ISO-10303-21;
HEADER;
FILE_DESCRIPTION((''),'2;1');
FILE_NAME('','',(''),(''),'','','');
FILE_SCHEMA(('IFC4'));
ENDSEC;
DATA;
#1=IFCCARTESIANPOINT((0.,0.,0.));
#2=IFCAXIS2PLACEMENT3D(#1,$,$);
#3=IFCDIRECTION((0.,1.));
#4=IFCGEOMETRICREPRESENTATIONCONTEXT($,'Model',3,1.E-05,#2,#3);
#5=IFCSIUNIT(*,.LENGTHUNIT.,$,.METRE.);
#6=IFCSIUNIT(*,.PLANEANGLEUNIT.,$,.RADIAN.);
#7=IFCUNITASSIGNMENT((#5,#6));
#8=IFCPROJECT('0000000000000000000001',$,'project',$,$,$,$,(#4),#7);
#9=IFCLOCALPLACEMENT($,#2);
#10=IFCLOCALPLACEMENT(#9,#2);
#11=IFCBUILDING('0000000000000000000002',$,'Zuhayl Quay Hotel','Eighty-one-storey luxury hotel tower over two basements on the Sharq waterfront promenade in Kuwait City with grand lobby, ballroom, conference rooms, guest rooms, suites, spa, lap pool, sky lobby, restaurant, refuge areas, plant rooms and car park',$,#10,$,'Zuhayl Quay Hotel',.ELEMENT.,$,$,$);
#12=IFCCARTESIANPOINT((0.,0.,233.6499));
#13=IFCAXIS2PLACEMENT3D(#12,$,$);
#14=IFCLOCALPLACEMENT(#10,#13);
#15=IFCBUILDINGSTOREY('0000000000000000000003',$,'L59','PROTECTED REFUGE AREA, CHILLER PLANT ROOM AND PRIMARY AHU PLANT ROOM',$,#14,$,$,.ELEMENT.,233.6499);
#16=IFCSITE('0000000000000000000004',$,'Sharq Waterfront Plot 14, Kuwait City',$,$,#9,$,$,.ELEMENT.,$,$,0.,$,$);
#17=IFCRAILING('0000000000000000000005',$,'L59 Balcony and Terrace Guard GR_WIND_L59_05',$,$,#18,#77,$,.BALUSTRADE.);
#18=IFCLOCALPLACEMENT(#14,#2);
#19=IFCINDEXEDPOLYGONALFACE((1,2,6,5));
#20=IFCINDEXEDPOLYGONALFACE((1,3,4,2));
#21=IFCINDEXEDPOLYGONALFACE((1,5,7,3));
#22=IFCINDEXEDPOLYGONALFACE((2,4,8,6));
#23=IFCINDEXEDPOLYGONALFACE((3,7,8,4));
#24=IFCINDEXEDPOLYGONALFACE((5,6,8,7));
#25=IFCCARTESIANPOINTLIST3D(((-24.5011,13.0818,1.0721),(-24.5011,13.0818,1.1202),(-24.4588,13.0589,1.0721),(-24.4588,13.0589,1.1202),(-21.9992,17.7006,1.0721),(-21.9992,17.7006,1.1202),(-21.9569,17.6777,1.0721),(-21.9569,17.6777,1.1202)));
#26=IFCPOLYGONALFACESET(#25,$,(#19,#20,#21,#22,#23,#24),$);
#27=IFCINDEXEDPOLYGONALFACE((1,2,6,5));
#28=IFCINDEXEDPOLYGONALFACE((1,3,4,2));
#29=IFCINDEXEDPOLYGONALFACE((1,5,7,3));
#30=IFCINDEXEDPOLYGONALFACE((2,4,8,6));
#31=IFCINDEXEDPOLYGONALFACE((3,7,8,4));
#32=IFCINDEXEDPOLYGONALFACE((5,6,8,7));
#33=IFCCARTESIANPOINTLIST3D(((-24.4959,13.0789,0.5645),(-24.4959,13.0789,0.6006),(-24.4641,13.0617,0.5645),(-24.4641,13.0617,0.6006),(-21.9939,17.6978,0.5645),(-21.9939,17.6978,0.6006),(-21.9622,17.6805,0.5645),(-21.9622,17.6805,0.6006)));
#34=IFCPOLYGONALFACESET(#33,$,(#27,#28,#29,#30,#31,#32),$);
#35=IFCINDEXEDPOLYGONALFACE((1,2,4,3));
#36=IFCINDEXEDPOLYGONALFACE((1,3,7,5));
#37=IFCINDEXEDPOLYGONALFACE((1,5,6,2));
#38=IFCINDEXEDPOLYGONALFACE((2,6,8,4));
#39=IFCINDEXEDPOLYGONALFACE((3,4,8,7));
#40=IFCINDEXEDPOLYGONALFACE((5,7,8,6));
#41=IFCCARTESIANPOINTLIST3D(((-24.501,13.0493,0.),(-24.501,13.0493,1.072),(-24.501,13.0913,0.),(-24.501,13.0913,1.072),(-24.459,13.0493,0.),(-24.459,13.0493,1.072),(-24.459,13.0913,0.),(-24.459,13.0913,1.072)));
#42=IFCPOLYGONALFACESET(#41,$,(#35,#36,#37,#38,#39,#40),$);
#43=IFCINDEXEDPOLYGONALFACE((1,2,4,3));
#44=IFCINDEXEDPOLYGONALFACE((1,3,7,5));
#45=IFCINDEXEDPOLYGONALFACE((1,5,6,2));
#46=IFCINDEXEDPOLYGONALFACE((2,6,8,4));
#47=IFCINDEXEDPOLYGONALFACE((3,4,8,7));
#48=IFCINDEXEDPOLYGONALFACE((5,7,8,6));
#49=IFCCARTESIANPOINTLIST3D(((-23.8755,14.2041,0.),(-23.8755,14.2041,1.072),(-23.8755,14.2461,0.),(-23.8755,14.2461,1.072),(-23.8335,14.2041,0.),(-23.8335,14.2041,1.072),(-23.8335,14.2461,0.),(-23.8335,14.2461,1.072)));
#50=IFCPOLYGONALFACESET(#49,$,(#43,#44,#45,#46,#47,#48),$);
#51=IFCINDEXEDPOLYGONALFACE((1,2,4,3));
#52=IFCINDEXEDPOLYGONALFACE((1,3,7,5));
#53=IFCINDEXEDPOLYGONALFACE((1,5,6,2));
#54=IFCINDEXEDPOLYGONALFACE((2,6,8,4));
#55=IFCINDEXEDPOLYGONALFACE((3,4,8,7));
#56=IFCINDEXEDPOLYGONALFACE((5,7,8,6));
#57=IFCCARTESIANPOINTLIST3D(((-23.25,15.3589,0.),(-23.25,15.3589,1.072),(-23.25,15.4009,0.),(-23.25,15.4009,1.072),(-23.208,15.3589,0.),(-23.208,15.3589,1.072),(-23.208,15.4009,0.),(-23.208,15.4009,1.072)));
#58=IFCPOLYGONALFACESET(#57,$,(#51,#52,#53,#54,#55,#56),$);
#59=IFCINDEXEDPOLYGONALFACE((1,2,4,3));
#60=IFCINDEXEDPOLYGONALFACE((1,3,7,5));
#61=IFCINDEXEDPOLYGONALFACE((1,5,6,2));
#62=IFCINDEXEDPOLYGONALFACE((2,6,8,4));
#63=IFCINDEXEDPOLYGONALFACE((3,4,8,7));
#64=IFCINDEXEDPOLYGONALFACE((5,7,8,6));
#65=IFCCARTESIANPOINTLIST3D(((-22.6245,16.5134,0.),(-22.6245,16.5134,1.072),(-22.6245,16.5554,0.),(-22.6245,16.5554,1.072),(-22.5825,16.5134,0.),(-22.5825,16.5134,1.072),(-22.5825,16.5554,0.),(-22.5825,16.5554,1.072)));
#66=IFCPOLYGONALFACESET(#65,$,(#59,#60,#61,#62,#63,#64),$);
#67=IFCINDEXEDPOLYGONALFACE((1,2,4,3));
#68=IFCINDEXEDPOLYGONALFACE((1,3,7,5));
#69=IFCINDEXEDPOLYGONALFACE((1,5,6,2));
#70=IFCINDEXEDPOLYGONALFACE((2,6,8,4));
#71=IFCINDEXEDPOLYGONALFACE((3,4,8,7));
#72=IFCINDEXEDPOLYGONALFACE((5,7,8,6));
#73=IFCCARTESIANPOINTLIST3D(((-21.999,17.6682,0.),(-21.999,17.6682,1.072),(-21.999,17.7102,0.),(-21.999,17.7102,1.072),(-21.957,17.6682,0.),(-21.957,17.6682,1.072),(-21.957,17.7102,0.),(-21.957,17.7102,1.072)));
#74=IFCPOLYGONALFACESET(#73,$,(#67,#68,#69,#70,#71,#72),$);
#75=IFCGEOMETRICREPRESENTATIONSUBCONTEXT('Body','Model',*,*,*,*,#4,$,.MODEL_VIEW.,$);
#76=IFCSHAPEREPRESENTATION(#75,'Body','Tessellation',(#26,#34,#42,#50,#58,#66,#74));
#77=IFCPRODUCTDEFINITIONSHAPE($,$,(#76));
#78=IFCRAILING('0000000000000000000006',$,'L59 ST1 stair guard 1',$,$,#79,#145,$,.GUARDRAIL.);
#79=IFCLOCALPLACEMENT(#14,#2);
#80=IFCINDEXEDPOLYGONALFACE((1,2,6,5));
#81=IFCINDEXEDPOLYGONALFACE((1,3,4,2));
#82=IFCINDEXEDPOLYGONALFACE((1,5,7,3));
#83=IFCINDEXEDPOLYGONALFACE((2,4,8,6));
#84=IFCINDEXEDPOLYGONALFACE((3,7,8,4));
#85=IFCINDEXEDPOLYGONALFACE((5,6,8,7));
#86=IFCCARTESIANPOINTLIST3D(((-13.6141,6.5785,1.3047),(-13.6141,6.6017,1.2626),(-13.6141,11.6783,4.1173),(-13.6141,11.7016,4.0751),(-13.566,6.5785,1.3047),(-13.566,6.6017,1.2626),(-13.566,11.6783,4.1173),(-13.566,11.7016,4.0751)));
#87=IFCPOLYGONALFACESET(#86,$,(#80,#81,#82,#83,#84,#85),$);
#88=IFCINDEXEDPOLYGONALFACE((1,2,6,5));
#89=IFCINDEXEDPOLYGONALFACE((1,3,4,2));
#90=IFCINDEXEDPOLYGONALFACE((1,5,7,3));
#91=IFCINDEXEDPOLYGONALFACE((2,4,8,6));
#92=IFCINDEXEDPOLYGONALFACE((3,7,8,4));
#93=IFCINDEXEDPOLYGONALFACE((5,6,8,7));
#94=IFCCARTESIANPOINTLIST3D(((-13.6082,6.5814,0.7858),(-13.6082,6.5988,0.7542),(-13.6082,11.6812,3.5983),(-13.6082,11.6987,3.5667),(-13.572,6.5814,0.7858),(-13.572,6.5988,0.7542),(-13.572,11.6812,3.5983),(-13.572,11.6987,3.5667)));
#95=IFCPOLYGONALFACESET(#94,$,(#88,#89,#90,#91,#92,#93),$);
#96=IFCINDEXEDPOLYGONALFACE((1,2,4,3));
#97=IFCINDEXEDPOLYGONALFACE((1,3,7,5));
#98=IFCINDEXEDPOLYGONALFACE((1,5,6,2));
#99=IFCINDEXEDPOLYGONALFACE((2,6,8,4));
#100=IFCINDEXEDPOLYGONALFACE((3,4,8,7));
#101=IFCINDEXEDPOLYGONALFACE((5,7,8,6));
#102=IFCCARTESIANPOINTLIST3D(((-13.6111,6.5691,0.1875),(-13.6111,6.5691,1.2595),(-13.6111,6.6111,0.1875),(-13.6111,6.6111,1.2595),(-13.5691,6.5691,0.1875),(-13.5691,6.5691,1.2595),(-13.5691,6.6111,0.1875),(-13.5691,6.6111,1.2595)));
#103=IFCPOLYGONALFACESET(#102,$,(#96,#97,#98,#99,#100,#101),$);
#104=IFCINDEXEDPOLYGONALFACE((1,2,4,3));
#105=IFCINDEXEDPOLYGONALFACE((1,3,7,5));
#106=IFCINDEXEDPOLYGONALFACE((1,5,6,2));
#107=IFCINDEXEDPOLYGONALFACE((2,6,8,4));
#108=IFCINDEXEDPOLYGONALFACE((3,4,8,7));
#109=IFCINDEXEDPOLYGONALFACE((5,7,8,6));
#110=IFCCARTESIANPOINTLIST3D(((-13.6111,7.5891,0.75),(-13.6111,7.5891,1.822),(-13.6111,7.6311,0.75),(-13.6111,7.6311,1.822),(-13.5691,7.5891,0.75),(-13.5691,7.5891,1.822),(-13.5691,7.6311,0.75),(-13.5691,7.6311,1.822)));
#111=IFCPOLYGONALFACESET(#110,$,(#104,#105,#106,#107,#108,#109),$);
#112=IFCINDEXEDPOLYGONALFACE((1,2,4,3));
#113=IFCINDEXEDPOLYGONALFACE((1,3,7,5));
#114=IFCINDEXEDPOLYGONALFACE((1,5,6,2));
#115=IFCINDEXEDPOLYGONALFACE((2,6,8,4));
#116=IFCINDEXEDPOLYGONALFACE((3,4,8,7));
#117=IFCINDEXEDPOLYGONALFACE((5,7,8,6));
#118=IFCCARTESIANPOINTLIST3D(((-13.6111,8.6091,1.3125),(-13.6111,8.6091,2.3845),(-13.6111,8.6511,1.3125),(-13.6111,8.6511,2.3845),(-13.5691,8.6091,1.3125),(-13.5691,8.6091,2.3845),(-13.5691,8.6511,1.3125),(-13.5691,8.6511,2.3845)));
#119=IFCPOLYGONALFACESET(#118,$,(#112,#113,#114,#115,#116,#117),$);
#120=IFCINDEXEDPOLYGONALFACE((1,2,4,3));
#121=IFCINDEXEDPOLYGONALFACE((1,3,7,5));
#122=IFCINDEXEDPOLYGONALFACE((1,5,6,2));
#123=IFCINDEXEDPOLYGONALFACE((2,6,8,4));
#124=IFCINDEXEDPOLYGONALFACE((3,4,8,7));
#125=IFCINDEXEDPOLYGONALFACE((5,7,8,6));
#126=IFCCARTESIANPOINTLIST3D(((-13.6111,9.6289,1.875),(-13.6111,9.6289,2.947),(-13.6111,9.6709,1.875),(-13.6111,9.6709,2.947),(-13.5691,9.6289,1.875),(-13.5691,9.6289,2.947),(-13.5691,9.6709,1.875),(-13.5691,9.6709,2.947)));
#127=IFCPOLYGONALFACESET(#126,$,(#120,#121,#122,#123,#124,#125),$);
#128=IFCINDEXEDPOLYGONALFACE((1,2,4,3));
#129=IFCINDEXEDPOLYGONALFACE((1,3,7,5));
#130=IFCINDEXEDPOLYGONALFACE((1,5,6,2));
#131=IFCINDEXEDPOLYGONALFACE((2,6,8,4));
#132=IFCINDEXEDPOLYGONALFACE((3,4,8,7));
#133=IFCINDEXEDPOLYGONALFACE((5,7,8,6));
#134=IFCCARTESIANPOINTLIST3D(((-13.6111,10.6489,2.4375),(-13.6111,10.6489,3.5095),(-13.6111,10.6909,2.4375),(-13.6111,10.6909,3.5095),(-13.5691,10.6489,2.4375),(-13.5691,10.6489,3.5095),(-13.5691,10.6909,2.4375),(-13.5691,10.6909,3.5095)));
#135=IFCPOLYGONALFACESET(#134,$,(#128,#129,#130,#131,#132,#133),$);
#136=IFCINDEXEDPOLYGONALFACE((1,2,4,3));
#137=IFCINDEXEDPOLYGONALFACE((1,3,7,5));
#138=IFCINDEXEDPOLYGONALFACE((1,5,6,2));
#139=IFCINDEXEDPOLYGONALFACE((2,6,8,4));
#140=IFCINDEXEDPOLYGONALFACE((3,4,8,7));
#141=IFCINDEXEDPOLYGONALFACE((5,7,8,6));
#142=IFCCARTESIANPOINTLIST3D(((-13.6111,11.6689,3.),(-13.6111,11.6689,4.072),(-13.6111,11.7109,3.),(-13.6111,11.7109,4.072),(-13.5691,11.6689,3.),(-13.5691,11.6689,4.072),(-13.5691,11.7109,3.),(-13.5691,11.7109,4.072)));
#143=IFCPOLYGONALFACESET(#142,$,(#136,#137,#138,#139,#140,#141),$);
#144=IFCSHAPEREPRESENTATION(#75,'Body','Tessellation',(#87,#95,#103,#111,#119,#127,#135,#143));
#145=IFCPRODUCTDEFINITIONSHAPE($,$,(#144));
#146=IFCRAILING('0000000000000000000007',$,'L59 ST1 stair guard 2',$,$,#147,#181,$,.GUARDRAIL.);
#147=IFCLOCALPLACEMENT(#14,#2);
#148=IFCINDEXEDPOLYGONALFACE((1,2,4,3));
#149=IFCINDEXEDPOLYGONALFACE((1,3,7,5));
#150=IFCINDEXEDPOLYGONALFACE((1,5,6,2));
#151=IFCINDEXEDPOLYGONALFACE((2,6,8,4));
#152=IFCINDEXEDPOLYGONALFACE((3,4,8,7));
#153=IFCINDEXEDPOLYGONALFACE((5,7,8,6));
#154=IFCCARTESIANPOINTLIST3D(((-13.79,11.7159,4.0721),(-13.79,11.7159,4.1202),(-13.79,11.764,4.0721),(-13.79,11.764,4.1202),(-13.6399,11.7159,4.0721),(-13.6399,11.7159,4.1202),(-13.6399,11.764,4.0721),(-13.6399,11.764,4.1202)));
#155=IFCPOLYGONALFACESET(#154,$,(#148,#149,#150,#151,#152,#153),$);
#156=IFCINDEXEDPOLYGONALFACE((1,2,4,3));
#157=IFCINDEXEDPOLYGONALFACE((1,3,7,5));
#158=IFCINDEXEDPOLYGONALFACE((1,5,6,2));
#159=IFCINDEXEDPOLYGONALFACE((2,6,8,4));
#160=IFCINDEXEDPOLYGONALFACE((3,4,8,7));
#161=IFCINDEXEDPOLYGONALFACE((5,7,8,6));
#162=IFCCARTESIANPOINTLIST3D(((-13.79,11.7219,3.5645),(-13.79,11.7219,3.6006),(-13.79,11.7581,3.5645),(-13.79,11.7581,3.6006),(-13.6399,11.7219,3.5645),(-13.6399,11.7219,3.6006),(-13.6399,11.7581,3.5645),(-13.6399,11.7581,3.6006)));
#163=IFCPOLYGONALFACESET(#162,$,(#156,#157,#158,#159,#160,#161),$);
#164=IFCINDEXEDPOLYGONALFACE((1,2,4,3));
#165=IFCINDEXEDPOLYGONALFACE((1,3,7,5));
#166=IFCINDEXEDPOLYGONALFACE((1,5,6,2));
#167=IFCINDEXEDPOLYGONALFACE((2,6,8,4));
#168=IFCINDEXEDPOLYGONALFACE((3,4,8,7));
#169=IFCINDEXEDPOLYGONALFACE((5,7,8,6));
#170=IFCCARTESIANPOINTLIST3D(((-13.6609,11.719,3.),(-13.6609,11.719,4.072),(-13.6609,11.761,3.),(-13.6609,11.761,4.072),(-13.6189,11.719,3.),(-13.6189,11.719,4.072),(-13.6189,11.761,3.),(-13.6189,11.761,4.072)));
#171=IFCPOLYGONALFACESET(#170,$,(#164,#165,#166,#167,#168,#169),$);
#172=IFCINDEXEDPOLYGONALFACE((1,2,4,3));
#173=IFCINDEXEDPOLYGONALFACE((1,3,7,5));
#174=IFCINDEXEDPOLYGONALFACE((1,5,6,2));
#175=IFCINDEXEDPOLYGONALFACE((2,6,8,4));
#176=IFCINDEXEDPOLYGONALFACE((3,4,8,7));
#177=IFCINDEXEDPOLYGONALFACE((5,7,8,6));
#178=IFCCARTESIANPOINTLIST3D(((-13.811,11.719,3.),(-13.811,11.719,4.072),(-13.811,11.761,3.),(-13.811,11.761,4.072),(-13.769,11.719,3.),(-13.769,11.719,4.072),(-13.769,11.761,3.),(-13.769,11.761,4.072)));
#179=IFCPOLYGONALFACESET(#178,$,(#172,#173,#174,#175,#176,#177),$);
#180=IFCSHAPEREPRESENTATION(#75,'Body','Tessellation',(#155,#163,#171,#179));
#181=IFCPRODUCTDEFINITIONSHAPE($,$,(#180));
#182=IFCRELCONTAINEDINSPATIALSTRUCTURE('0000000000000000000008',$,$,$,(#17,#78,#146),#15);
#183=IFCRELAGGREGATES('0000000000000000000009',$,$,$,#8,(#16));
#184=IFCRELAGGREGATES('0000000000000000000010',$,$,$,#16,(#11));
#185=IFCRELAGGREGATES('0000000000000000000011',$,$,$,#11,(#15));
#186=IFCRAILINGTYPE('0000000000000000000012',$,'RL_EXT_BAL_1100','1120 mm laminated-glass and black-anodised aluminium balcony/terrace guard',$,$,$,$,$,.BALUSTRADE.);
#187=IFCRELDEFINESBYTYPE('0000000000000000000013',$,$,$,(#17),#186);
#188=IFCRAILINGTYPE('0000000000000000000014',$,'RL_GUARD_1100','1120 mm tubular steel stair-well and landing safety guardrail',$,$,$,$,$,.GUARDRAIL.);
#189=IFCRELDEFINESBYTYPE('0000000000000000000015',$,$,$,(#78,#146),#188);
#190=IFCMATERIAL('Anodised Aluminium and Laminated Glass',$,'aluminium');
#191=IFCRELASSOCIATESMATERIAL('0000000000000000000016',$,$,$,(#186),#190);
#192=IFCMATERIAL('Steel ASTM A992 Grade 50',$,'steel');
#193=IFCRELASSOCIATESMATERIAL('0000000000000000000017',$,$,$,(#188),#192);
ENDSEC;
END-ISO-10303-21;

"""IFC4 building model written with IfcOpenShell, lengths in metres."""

from ifc_helpers import new_model, si_unit, direction, frame, origin, origin_2d, place, context, subcontext, project, spatial, rectangle, extrude, material, type_object, element, save


model = new_model("IFC4")

# Units and contexts
model_context = context("Model", 3, precision=1e-05, world=origin(), true_north=direction((0.0, 1.0)))
body_context = subcontext(model_context, "Body", "Model", "MODEL_VIEW")
ifc_project = project(units=[si_unit("LENGTHUNIT", "METRE"), si_unit("PLANEANGLEUNIT", "RADIAN")], contexts=[model_context])

# Site, building, storey
site_placement = place(None, origin())
site = spatial("IfcSite", under=ifc_project, at=site_placement, Name="Sharq Waterfront Plot 14, Kuwait City", CompositionType="ELEMENT", RefElevation=0.0)
building_placement = place(site_placement, origin())
building = spatial("IfcBuilding", under=site, at=building_placement, Name="Zuhayl Quay Hotel", Description="Eighty-one-storey luxury hotel tower over two basements on the Sharq waterfront promenade in Kuwait City with grand lobby, ballroom, conference rooms, guest rooms, suites, spa, lap pool, sky lobby, restaurant, refuge areas, plant rooms and car park", LongName="Zuhayl Quay Hotel", CompositionType="ELEMENT")
storey_placement = place(building_placement, frame((0.0, 0.0, 233.6499)))
storey = spatial("IfcBuildingStorey", under=building, at=storey_placement, Name="L59", Description="PROTECTED REFUGE AREA, CHILLER PLANT ROOM AND PRIMARY AHU PLANT ROOM", CompositionType="ELEMENT", Elevation=233.6499)

# Shared definitions
ifc_material_1 = material(Name="Steel ASTM A992 Grade 50", Category="steel")

# Railings
ifc_material_2 = material(Name="Anodised Aluminium and Laminated Glass", Category="aluminium")
railing_type_1 = type_object("IfcRailingType", Name="RL_EXT_BAL_1100", Description="1120 mm laminated-glass and black-anodised aluminium balcony/terrace guard", PredefinedType="BALUSTRADE", material=ifc_material_2)
railing_1_placement = place(storey_placement, frame((-24.48, 13.0703, 0.0)))
element("IfcRailing", 1, at=railing_1_placement, inside=storey, type_object=railing_type_1, Name="L59 Balcony and Terrace Guard GR_WIND_L59_05", PredefinedType="BALUSTRADE", context=body_context, shape_type="SweptSolid", body=[
    extrude(rectangle(XDim=0.0481, YDim=0.0481, at=origin_2d()), frame((0.0, 0.0, 1.0962), z_axis=(0.476291, 0.879288, 0.0), x_axis=(-0.879288, 0.476291, 0.0)), (0.0, 0.0, 1.0), 5.2529),
    extrude(rectangle(XDim=0.0361, YDim=0.0361, at=origin_2d()), frame((0.0, 0.0, 0.5825), z_axis=(0.476291, 0.879288, 0.0), x_axis=(-0.879288, 0.476291, 0.0)), (0.0, 0.0, 1.0), 5.2529),
    extrude(rectangle(XDim=0.042, YDim=0.042, at=origin_2d()), origin(), (0.0, 0.0, 1.0), 1.072),
    extrude(rectangle(XDim=0.042, YDim=0.042, at=origin_2d()), frame((0.6255, 1.1548, 0.0)), (0.0, 0.0, 1.0), 1.072),
    extrude(rectangle(XDim=0.042, YDim=0.042, at=origin_2d()), frame((1.251, 2.3096, 0.0)), (0.0, 0.0, 1.0), 1.072),
    extrude(rectangle(XDim=0.042, YDim=0.042, at=origin_2d()), frame((1.8765, 3.4641, 0.0)), (0.0, 0.0, 1.0), 1.072),
    extrude(rectangle(XDim=0.042, YDim=0.042, at=origin_2d()), frame((2.502, 4.6189, 0.0)), (0.0, 0.0, 1.0), 1.072),
])
railing_type_2 = type_object("IfcRailingType", Name="RL_GUARD_1100", Description="1120 mm tubular steel stair-well and landing safety guardrail", PredefinedType="GUARDRAIL", material=ifc_material_1)
railing_2_placement = place(storey_placement, frame((-13.5901, 6.5901, 0.1875)))
element("IfcRailing", 2, at=railing_2_placement, inside=storey, type_object=railing_type_2, Name="L59 ST1 stair guard 1", PredefinedType="GUARDRAIL", context=body_context, shape_type="SweptSolid", body=[
    extrude(rectangle(XDim=0.0481, YDim=0.0481, at=origin_2d()), frame((0.0, 0.0, 1.0962), z_axis=(0.0, 0.875666, 0.482918), x_axis=(-1.0, 0.0, 0.0)), (0.0, 0.0, 1.0), 5.824),
    extrude(rectangle(XDim=0.0361, YDim=0.0361, at=origin_2d()), frame((0.0, 0.0, 0.5825), z_axis=(0.0, 0.875666, 0.482918), x_axis=(-1.0, 0.0, 0.0)), (0.0, 0.0, 1.0), 5.824),
    extrude(rectangle(XDim=0.042, YDim=0.042, at=origin_2d()), origin(), (0.0, 0.0, 1.0), 1.072),
    extrude(rectangle(XDim=0.042, YDim=0.042, at=origin_2d()), frame((0.0, 1.02, 0.5625)), (0.0, 0.0, 1.0), 1.072),
    extrude(rectangle(XDim=0.042, YDim=0.042, at=origin_2d()), frame((0.0, 2.04, 1.125)), (0.0, 0.0, 1.0), 1.072),
    extrude(rectangle(XDim=0.042, YDim=0.042, at=origin_2d()), frame((0.0, 3.0598, 1.6875)), (0.0, 0.0, 1.0), 1.072),
    extrude(rectangle(XDim=0.042, YDim=0.042, at=origin_2d()), frame((0.0, 4.0798, 2.25)), (0.0, 0.0, 1.0), 1.072),
    extrude(rectangle(XDim=0.042, YDim=0.042, at=origin_2d()), frame((0.0, 5.0999, 2.8125)), (0.0, 0.0, 1.0), 1.072),
])
railing_3_placement = place(storey_placement, frame((-13.6399, 11.74, 3.0)))
element("IfcRailing", 3, at=railing_3_placement, inside=storey, type_object=railing_type_2, Name="L59 ST1 stair guard 2", PredefinedType="GUARDRAIL", context=body_context, shape_type="SweptSolid", body=[
    extrude(rectangle(XDim=0.0481, YDim=0.0481, at=origin_2d()), frame((0.0, 0.0, 1.0962), z_axis=(-1.0, 0.0, 0.0), x_axis=(0.0, -1.0, 0.0)), (0.0, 0.0, 1.0), 0.1501),
    extrude(rectangle(XDim=0.0361, YDim=0.0361, at=origin_2d()), frame((0.0, 0.0, 0.5825), z_axis=(-1.0, 0.0, 0.0), x_axis=(0.0, -1.0, 0.0)), (0.0, 0.0, 1.0), 0.1501),
    extrude(rectangle(XDim=0.042, YDim=0.042, at=origin_2d()), origin(), (0.0, 0.0, 1.0), 1.072),
    extrude(rectangle(XDim=0.042, YDim=0.042, at=origin_2d()), frame((-0.1501, 0.0, 0.0)), (0.0, 0.0, 1.0), 1.072),
])

save(model, "model.ifc")
